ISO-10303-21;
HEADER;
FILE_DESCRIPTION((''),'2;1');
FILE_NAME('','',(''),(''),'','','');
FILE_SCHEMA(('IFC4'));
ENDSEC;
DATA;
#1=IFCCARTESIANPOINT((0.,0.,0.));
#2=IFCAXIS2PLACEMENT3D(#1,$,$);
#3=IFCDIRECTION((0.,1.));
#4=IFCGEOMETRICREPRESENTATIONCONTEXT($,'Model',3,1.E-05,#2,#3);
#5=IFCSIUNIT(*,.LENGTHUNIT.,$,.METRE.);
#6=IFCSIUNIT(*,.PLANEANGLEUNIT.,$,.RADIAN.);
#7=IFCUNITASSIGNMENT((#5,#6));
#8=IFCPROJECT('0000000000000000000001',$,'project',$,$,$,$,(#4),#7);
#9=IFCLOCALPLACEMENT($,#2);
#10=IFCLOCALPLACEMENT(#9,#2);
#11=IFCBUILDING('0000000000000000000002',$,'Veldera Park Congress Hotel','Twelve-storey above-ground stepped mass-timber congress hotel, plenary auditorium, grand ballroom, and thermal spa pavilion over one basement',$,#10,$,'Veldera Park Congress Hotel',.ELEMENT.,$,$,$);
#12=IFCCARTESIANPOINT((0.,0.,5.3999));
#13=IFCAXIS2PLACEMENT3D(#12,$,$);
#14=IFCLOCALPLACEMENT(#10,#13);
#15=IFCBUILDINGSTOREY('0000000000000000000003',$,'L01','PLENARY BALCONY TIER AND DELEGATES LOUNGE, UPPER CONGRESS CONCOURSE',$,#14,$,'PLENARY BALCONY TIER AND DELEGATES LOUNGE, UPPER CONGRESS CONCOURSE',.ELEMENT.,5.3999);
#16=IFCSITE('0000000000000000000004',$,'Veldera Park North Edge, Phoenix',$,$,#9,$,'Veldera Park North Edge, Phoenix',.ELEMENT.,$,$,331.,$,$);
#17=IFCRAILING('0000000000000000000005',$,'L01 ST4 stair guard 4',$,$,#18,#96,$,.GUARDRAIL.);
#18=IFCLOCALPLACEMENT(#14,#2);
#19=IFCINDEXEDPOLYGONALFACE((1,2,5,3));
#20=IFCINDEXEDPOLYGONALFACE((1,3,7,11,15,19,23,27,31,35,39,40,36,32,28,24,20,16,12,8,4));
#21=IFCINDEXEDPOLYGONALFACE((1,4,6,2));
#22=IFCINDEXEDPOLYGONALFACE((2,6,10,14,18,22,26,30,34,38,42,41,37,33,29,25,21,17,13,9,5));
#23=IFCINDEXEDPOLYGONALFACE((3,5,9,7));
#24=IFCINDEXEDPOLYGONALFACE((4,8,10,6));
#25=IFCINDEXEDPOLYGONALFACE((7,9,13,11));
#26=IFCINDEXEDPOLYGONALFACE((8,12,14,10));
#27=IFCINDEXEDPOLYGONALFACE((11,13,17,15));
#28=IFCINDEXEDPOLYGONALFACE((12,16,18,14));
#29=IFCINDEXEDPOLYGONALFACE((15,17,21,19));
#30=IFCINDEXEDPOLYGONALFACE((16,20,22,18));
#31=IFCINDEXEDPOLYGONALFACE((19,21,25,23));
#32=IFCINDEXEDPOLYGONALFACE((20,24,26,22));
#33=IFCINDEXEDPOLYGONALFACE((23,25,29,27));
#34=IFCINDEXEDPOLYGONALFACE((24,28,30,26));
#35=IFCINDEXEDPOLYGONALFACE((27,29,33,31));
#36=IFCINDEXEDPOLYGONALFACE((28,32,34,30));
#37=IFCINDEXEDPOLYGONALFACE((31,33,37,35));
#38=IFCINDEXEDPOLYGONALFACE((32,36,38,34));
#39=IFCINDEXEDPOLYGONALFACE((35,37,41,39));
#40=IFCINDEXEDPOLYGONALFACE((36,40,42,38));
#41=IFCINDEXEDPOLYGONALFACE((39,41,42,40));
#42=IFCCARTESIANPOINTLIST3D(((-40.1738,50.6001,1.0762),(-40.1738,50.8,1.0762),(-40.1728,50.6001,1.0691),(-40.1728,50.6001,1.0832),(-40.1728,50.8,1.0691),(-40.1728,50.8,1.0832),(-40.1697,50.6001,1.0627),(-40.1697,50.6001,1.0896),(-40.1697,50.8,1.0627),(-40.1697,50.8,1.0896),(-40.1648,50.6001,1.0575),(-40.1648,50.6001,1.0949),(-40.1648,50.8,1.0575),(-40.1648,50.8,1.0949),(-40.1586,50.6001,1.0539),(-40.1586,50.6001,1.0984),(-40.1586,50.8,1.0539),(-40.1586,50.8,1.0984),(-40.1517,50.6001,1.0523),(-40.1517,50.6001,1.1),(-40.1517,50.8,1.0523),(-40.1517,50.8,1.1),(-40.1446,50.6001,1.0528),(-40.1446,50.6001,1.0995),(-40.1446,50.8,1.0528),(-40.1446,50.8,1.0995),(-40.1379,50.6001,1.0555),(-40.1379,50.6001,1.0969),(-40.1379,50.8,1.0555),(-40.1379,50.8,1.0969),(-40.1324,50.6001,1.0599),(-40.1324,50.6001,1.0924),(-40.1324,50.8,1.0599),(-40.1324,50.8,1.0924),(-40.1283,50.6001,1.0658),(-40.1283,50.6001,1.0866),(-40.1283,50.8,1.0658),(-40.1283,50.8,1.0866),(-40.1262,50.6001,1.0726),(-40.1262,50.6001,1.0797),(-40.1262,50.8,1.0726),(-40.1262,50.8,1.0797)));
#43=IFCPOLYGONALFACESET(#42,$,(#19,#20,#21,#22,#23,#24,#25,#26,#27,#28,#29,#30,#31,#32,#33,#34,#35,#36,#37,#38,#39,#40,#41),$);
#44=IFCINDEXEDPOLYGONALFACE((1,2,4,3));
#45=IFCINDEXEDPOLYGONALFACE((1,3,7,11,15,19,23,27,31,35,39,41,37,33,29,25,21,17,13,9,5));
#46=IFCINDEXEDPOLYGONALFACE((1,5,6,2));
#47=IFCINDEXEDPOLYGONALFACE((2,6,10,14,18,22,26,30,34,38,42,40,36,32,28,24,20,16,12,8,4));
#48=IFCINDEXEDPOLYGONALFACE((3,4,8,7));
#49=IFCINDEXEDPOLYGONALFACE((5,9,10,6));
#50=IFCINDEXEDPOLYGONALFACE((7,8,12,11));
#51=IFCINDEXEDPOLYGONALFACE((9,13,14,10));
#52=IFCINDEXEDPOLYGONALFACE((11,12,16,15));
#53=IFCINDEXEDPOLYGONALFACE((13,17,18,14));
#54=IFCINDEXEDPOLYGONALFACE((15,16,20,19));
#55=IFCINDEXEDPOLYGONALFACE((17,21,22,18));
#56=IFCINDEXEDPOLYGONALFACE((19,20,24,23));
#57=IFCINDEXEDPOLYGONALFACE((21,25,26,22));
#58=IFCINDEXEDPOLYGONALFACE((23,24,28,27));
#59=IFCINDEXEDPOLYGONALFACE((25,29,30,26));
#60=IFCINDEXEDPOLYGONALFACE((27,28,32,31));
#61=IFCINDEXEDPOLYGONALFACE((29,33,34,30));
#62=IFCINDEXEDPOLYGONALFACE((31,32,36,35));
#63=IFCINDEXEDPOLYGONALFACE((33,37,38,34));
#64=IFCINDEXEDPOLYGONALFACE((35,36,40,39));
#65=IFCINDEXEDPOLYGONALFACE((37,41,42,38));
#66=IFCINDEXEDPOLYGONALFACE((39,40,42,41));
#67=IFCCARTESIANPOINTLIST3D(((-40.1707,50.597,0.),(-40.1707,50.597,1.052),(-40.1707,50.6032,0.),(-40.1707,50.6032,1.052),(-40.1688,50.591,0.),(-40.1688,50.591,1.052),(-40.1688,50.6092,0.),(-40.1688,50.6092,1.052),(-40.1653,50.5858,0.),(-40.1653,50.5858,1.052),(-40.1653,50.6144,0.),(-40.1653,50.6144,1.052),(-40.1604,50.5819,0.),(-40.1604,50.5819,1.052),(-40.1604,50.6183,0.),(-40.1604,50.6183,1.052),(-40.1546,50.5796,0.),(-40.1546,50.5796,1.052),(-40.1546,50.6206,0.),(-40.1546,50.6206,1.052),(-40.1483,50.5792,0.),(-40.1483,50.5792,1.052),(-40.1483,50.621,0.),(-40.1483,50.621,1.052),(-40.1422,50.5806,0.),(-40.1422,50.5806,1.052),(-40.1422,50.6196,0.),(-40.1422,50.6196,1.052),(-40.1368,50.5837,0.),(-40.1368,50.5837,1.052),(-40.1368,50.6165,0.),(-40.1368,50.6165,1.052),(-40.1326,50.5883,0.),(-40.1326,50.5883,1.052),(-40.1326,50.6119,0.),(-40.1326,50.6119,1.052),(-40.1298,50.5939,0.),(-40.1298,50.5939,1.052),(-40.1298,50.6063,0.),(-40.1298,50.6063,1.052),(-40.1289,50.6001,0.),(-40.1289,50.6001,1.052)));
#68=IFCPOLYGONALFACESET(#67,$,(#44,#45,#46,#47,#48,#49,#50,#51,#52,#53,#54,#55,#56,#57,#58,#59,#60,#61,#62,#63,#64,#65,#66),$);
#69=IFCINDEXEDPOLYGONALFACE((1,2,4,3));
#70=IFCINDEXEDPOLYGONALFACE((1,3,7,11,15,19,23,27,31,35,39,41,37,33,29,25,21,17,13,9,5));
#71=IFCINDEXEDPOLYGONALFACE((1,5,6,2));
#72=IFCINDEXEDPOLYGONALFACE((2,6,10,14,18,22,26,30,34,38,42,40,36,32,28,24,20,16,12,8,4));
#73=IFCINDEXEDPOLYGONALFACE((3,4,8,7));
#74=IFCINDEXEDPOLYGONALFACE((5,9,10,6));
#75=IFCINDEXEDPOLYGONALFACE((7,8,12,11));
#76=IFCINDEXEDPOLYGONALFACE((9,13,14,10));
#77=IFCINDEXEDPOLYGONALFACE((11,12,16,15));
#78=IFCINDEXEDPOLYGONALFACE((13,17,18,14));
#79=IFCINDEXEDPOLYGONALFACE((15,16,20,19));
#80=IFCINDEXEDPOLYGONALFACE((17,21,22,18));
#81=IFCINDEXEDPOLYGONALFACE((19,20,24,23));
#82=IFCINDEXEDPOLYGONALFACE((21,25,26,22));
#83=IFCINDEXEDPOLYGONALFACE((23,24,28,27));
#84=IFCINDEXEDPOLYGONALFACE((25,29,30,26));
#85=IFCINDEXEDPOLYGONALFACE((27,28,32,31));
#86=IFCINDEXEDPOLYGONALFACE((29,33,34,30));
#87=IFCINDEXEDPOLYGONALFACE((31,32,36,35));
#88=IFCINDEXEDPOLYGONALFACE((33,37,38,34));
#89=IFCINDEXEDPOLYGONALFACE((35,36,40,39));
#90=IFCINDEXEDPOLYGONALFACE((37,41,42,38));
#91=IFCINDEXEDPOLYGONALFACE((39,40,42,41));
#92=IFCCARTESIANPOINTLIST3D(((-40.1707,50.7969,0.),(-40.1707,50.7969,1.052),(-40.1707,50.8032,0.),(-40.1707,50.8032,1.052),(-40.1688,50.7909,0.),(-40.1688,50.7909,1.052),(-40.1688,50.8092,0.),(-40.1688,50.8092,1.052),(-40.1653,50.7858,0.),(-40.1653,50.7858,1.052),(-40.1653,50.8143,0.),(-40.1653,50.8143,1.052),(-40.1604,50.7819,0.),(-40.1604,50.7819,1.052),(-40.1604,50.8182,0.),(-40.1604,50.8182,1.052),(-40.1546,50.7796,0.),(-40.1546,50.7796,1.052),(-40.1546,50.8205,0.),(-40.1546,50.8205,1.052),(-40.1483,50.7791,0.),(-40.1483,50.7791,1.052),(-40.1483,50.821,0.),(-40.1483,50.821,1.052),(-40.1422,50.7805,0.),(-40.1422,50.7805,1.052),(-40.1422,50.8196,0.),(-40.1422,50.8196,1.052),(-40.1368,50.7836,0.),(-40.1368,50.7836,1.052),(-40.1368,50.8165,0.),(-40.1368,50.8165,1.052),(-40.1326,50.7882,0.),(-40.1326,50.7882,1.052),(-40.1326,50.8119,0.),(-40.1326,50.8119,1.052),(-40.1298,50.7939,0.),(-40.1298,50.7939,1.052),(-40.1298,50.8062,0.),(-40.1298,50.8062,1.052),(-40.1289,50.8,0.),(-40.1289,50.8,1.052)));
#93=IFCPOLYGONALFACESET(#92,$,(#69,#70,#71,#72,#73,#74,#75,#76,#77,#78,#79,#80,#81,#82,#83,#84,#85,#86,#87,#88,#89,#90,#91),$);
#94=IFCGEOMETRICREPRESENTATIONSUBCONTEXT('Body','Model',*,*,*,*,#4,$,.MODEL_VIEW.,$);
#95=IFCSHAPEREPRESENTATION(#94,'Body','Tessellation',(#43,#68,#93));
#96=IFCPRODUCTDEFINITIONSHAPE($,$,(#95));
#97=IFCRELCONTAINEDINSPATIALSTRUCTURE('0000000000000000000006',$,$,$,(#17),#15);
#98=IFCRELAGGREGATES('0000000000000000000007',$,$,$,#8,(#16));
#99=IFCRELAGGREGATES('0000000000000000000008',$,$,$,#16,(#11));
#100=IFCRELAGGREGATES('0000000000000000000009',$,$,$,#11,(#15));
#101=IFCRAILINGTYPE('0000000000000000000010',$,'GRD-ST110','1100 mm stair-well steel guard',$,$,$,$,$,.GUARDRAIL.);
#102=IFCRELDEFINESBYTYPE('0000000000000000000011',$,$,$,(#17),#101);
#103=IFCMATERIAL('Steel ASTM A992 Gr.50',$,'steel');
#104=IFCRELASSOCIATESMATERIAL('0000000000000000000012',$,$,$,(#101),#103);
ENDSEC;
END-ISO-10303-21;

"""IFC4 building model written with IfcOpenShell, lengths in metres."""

from ifc_helpers import new_model, si_unit, direction, frame, origin, origin_2d, place, context, subcontext, project, spatial, circle, extrude, material, type_object, element, save


model = new_model("IFC4")

# Units and contexts
model_context = context("Model", 3, precision=1e-05, world=origin(), true_north=direction((0.0, 1.0)))
body_context = subcontext(model_context, "Body", "Model", "MODEL_VIEW")
ifc_project = project(units=[si_unit("LENGTHUNIT", "METRE"), si_unit("PLANEANGLEUNIT", "RADIAN")], contexts=[model_context])

# Site, building, storey
site_placement = place(None, origin())
site = spatial("IfcSite", under=ifc_project, at=site_placement, Name="Veldera Park North Edge, Phoenix", LongName="Veldera Park North Edge, Phoenix", CompositionType="ELEMENT", RefElevation=331.0)
building_placement = place(site_placement, origin())
building = spatial("IfcBuilding", under=site, at=building_placement, Name="Veldera Park Congress Hotel", Description="Twelve-storey above-ground stepped mass-timber congress hotel, plenary auditorium, grand ballroom, and thermal spa pavilion over one basement", LongName="Veldera Park Congress Hotel", CompositionType="ELEMENT")
storey_placement = place(building_placement, frame((0.0, 0.0, 5.3999)))
storey = spatial("IfcBuildingStorey", under=building, at=storey_placement, Name="L01", Description="PLENARY BALCONY TIER AND DELEGATES LOUNGE, UPPER CONGRESS CONCOURSE", LongName="PLENARY BALCONY TIER AND DELEGATES LOUNGE, UPPER CONGRESS CONCOURSE", CompositionType="ELEMENT", Elevation=5.3999)

# Shared definitions
ifc_material_1 = material(Name="Steel ASTM A992 Gr.50", Category="steel")

# Railing
railing_type_1 = type_object("IfcRailingType", Name="GRD-ST110", Description="1100 mm stair-well steel guard", PredefinedType="GUARDRAIL", material=ifc_material_1)
railing_1_placement = place(storey_placement, frame((-40.1499, 50.6001, 0.0)))
element("IfcRailing", 1, at=railing_1_placement, inside=storey, type_object=railing_type_1, Name="L01 ST4 stair guard 4", PredefinedType="GUARDRAIL", context=body_context, shape_type="SweptSolid", body=[
    extrude(circle(Radius=0.0239, at=origin_2d()), frame((0.0, 0.0, 1.0762), z_axis=(0.0, 1.0, 0.0), x_axis=(-1.0, 0.0, 0.0)), (0.0, 0.0, 1.0), 0.2),
    extrude(circle(Radius=0.021, at=origin_2d()), origin(), (0.0, 0.0, 1.0), 1.052),
    extrude(circle(Radius=0.021, at=origin_2d()), frame((0.0, 0.2, 0.0)), (0.0, 0.0, 1.0), 1.052),
])

save(model, "model.ifc")
